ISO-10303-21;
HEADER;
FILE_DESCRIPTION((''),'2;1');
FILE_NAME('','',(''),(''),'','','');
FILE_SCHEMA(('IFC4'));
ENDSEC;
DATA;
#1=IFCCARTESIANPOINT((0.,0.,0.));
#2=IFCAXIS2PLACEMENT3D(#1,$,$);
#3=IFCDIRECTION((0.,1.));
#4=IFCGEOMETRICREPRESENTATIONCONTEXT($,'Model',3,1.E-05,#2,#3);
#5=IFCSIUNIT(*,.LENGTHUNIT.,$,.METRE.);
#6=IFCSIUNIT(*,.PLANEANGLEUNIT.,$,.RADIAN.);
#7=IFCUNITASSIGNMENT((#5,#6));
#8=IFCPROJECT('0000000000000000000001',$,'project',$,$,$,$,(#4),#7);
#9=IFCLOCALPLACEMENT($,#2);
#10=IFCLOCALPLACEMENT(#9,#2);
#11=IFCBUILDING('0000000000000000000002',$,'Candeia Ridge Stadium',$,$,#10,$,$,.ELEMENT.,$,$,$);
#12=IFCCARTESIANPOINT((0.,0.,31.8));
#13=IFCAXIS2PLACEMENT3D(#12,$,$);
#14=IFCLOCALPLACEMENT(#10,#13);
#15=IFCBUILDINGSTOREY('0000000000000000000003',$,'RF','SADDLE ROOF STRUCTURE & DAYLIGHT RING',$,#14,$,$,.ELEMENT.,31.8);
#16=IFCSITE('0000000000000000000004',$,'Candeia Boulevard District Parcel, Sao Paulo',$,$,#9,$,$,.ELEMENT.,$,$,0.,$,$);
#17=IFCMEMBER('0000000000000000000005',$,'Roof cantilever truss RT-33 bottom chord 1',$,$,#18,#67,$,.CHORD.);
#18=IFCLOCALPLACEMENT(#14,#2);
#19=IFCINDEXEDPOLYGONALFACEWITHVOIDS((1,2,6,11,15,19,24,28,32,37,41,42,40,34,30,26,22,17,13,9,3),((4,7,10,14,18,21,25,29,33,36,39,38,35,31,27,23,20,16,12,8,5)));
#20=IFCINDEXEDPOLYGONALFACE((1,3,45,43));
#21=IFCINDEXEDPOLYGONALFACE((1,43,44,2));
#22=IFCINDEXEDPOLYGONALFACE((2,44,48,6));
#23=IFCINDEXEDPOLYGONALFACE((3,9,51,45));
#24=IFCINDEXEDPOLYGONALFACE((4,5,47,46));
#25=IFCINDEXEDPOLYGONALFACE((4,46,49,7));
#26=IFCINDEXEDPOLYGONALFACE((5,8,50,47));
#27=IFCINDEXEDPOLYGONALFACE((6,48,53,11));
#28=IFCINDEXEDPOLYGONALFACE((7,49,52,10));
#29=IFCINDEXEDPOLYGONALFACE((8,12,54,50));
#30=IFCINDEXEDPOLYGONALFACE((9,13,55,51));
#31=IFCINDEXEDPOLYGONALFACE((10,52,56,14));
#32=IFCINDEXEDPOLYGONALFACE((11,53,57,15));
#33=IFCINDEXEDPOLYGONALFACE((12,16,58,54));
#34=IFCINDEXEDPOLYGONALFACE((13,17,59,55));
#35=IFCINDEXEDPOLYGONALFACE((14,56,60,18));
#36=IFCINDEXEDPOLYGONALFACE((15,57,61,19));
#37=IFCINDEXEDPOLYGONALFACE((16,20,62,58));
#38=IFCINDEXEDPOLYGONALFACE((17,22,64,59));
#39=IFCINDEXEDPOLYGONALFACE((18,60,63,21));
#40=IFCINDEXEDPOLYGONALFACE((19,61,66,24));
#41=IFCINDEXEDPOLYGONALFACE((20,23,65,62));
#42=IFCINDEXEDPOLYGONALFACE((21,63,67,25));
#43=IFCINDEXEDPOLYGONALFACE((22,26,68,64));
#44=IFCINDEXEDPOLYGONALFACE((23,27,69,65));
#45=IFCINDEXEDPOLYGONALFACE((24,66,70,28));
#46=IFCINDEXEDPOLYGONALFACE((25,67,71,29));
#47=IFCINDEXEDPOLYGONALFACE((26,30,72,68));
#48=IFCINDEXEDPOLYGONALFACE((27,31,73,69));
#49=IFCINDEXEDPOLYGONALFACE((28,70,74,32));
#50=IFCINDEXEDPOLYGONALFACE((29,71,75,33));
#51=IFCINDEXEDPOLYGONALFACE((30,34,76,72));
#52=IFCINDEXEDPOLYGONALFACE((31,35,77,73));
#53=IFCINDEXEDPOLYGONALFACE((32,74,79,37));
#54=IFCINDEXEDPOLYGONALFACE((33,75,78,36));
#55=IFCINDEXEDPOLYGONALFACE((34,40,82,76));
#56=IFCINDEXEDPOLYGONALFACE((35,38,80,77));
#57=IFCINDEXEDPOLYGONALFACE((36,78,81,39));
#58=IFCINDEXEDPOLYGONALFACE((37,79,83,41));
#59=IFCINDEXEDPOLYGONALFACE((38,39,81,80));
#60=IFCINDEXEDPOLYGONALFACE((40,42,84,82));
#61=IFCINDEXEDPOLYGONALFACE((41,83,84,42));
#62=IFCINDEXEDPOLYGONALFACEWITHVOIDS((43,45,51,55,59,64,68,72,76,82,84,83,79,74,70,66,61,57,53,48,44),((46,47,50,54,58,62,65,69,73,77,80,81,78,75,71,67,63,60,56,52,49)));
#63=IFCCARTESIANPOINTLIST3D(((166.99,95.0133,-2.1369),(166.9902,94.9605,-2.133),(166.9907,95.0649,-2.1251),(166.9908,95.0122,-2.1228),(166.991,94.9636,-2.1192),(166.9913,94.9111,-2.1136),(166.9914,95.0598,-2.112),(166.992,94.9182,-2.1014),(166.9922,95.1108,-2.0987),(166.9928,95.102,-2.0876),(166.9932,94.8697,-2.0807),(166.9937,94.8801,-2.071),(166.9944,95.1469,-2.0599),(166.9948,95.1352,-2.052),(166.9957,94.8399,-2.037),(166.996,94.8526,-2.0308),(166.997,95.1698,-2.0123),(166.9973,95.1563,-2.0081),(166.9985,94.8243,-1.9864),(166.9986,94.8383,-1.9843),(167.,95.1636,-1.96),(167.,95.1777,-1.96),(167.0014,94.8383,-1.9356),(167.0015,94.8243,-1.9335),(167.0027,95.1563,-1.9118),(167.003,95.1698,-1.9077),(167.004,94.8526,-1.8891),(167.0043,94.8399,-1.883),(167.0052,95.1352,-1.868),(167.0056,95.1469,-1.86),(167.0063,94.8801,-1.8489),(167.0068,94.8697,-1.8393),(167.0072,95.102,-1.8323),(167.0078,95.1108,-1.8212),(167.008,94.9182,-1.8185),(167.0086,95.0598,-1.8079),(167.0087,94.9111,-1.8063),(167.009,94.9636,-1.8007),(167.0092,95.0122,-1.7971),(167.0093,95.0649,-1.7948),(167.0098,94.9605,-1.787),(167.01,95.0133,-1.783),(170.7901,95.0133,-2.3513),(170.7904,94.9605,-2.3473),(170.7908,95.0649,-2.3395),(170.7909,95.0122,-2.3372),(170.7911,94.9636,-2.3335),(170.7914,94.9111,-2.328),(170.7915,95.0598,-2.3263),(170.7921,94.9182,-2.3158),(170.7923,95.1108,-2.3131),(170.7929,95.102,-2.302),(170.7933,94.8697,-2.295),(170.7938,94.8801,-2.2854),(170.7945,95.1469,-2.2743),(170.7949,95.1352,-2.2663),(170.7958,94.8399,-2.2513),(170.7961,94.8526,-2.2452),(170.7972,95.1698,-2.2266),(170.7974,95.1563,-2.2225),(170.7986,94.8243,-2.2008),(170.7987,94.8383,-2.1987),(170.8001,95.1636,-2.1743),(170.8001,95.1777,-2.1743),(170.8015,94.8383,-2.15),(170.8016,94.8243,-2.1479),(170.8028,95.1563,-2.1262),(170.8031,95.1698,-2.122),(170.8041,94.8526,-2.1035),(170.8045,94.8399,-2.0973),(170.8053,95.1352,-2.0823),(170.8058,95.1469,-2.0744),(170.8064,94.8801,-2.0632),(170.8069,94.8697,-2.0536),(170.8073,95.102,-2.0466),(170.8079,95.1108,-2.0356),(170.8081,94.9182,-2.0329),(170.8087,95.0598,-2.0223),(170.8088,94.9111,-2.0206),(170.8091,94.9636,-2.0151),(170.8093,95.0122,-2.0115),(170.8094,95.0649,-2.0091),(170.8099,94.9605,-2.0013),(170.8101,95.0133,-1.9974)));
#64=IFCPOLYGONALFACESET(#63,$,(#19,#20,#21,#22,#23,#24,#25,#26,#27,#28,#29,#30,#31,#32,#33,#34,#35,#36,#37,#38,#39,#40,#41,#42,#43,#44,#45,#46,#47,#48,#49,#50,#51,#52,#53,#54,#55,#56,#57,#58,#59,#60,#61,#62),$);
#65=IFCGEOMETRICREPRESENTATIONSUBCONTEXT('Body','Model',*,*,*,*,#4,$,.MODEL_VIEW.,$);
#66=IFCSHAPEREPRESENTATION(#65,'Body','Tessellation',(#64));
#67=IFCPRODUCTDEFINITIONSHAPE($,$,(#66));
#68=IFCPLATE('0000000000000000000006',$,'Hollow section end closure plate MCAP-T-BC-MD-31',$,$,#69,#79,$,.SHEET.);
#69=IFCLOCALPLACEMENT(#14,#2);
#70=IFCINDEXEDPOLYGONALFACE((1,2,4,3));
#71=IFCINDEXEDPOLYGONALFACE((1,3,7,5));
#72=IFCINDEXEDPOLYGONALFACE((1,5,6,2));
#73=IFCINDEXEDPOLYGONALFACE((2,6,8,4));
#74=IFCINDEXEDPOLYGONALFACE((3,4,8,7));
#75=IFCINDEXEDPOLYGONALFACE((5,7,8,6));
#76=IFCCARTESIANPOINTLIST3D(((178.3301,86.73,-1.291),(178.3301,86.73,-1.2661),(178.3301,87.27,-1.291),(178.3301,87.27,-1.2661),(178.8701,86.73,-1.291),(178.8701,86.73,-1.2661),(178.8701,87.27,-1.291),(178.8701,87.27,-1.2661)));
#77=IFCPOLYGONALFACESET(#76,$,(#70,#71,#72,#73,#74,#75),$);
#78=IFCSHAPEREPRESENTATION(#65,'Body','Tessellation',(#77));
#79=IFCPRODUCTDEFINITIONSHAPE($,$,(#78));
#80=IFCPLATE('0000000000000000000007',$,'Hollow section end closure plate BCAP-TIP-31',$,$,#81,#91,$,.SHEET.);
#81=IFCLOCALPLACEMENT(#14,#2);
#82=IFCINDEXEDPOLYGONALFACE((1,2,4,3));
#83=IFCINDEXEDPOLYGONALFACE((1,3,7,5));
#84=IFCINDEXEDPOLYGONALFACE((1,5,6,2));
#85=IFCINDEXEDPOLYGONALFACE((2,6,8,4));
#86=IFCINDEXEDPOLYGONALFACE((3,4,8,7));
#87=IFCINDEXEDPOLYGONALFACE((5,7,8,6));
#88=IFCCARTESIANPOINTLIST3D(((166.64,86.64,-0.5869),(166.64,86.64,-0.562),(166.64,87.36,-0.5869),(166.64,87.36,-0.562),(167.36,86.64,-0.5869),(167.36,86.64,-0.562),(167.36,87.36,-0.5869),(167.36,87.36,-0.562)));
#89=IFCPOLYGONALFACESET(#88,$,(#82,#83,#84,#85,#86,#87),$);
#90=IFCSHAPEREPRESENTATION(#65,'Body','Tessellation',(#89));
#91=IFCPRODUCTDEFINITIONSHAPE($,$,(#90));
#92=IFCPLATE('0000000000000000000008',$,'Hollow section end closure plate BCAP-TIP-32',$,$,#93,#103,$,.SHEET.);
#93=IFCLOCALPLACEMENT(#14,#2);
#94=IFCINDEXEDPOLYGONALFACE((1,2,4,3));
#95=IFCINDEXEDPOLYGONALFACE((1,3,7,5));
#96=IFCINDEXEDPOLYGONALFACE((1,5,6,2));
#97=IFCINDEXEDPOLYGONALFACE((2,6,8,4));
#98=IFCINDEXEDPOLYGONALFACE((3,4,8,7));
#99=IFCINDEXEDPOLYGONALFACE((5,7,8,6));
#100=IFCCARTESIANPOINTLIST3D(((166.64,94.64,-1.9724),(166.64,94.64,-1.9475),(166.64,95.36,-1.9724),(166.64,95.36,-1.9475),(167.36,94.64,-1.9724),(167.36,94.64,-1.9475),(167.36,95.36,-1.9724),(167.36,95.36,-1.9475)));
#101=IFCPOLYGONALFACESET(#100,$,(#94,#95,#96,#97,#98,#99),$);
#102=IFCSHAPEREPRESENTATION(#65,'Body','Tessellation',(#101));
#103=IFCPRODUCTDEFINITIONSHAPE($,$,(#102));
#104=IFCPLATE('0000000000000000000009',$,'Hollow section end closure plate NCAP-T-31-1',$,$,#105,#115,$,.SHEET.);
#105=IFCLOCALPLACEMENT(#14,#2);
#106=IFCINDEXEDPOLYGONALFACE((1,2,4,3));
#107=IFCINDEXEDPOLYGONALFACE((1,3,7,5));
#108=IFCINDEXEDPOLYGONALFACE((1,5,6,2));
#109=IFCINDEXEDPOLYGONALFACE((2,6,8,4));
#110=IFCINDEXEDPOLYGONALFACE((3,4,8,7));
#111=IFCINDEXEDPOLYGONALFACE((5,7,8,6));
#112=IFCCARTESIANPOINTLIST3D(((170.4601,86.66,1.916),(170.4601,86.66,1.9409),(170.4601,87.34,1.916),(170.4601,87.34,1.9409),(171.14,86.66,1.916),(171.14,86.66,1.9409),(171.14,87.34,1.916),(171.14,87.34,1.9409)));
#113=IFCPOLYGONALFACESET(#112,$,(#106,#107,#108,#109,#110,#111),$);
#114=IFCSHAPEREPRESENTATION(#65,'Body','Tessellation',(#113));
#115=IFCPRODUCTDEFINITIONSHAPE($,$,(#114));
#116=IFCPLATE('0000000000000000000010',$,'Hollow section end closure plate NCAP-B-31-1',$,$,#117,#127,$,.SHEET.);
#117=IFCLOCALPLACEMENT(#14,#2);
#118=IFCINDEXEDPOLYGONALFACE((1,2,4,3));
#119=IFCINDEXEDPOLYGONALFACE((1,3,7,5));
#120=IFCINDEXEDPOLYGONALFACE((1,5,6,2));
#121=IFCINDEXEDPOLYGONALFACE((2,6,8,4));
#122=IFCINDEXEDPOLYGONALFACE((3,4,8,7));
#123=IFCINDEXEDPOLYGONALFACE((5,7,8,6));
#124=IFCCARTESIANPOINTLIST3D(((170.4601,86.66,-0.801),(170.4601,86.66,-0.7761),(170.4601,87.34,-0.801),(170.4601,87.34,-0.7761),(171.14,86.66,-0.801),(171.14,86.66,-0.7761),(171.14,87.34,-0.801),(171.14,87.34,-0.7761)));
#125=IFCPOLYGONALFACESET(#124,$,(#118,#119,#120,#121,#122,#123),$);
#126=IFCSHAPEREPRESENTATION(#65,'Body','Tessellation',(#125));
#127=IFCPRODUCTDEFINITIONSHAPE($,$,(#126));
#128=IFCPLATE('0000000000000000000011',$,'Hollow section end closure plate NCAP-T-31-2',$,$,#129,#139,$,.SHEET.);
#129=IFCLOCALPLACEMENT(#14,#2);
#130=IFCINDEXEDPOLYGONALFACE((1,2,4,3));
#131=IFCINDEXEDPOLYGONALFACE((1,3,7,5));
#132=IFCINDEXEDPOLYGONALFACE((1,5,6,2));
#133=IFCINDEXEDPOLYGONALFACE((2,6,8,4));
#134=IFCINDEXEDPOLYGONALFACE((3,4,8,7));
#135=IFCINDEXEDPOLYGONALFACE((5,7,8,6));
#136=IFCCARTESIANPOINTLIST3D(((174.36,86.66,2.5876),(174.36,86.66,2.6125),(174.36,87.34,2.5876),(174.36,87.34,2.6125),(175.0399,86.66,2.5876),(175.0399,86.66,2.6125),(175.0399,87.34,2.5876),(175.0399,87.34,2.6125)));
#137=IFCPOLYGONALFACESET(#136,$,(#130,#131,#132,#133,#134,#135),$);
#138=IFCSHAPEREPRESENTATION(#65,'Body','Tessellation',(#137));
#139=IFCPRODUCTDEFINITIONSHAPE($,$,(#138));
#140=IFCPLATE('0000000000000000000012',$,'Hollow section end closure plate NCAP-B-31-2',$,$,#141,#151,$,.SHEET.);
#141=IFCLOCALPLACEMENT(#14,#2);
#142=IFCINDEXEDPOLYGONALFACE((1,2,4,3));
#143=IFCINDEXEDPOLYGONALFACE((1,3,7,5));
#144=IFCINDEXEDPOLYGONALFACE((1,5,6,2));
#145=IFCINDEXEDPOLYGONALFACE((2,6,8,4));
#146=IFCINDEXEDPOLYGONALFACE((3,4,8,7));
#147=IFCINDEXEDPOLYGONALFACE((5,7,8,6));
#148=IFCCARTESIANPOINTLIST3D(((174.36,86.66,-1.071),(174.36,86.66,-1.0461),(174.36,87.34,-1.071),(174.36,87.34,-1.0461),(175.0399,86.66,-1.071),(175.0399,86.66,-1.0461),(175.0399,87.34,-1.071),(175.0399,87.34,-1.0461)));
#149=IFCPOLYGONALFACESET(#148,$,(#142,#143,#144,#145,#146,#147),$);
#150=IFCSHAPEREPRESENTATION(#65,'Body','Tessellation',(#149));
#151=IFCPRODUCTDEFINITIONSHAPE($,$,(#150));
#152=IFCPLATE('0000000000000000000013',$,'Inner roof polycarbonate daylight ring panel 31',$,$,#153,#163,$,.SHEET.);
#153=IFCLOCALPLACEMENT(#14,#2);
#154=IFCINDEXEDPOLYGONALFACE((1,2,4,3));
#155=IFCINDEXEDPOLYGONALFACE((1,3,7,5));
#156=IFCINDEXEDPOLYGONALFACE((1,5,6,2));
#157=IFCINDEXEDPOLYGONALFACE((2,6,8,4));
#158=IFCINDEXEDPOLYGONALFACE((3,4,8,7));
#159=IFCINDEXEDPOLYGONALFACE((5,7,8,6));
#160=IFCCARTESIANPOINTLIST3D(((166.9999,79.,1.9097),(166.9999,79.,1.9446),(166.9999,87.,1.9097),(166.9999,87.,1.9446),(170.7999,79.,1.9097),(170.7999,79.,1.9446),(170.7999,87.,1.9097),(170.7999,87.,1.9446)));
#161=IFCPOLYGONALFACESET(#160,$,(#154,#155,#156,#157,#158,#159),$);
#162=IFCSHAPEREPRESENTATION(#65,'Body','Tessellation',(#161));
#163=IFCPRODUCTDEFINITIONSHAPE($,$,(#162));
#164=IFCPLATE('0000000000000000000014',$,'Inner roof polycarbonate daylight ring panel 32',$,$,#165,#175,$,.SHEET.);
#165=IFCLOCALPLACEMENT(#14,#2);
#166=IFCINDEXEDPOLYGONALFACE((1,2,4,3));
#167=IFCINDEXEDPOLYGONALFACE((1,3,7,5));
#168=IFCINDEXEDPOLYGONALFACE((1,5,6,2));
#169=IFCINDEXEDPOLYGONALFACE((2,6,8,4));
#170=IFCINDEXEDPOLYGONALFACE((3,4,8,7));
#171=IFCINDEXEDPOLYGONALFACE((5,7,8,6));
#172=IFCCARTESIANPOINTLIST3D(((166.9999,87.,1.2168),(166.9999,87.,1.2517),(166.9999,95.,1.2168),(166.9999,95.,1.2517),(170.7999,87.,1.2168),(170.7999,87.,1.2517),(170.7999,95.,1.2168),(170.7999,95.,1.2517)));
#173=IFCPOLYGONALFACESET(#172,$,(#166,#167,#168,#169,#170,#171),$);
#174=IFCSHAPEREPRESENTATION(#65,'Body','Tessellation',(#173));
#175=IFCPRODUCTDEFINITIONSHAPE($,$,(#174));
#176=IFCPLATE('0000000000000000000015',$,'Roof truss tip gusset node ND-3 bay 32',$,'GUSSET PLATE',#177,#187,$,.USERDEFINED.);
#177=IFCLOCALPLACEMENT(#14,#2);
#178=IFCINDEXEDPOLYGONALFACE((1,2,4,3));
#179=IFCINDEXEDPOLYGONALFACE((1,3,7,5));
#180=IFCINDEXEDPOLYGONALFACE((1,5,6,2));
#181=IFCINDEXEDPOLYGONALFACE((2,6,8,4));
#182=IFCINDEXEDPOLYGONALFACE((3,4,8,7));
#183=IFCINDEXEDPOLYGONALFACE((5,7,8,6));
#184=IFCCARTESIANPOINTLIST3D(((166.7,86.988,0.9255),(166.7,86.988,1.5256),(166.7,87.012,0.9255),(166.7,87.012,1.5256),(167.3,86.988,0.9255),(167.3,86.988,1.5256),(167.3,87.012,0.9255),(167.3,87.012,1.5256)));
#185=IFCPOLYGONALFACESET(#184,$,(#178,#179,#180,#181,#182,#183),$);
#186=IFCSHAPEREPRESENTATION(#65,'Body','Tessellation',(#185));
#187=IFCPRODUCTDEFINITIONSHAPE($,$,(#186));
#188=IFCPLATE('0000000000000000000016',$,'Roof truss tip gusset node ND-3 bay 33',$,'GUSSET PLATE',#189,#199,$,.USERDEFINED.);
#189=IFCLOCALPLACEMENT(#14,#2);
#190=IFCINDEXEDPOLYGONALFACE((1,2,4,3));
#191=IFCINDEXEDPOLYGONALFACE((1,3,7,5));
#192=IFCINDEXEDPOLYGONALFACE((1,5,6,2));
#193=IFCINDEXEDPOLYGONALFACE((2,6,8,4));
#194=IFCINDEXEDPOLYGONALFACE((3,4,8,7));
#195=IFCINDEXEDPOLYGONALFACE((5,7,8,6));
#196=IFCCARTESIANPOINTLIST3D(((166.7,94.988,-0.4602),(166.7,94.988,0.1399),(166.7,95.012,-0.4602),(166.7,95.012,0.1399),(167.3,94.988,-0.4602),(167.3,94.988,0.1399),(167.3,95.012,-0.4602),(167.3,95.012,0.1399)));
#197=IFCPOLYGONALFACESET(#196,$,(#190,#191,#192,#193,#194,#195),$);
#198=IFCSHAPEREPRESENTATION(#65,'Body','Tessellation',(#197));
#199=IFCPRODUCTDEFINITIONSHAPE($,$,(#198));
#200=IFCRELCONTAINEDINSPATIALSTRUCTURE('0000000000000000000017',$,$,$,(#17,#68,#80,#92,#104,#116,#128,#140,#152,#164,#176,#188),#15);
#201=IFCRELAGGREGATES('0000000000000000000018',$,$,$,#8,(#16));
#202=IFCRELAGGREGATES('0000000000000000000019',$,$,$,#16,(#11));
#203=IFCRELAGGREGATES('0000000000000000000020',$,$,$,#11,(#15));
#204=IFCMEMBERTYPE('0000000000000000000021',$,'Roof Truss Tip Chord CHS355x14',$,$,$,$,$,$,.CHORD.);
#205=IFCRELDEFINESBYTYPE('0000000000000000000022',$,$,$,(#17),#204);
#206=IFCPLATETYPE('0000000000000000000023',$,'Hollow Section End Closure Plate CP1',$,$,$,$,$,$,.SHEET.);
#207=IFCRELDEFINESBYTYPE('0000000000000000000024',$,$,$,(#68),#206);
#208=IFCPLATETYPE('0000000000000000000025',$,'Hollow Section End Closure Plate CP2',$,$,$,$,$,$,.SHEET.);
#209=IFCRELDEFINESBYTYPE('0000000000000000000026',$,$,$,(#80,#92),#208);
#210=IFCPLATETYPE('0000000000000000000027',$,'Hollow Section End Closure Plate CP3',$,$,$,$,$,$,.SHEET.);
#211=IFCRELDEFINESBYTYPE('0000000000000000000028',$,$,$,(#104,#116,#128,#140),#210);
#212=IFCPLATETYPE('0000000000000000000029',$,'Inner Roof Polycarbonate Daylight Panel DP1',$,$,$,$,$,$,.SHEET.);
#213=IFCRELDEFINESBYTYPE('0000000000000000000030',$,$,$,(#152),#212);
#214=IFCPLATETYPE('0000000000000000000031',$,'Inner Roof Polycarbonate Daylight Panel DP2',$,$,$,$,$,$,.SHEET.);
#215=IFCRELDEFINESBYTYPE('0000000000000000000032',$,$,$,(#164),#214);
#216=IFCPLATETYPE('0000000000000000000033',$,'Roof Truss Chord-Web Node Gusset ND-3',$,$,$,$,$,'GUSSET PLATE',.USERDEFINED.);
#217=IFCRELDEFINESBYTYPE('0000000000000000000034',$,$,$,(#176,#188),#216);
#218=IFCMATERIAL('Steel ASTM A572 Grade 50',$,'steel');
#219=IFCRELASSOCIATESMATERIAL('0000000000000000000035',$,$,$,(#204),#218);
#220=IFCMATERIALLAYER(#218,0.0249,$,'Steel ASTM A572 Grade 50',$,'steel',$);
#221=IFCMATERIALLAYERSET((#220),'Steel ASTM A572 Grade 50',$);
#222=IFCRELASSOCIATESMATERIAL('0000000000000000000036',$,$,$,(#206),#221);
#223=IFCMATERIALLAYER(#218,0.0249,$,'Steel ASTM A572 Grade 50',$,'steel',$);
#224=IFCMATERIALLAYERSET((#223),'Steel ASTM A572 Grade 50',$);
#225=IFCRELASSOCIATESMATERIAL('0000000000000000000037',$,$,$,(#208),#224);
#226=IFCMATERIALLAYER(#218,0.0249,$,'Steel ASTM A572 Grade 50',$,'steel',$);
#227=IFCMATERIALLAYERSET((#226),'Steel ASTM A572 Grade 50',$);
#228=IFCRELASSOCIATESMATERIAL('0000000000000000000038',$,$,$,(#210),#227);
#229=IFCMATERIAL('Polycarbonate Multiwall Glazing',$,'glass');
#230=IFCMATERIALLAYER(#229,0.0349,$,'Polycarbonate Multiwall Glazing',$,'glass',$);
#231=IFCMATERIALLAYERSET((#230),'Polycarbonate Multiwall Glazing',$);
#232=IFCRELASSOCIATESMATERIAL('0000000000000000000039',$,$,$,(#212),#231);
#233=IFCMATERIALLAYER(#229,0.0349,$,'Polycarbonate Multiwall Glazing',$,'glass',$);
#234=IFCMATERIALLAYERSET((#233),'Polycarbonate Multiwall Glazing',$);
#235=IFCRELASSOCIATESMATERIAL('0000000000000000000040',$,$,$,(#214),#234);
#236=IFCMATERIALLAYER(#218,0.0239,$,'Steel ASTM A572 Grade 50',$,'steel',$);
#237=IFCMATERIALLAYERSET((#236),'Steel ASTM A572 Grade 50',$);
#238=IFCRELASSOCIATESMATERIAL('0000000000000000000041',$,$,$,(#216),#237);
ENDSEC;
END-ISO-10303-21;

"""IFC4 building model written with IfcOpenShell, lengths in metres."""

from ifc_helpers import new_model, si_unit, direction, frame, origin, origin_2d, place, context, subcontext, project, spatial, rectangle, hollow_circle, extrude, material, layer, layer_set, material_profile, profile_set, type_object, element, save


model = new_model("IFC4")

# Units and contexts
model_context = context("Model", 3, precision=1e-05, world=origin(), true_north=direction((0.0, 1.0)))
body_context = subcontext(model_context, "Body", "Model", "MODEL_VIEW")
ifc_project = project(units=[si_unit("LENGTHUNIT", "METRE"), si_unit("PLANEANGLEUNIT", "RADIAN")], contexts=[model_context])

# Site, building, storey
site_placement = place(None, origin())
site = spatial("IfcSite", under=ifc_project, at=site_placement, Name="Candeia Boulevard District Parcel, Sao Paulo", CompositionType="ELEMENT", RefElevation=0.0)
building_placement = place(site_placement, origin())
building = spatial("IfcBuilding", under=site, at=building_placement, Name="Candeia Ridge Stadium", CompositionType="ELEMENT")
storey_placement = place(building_placement, frame((0.0, 0.0, 31.8)))
storey = spatial("IfcBuildingStorey", under=building, at=storey_placement, Name="RF", Description="SADDLE ROOF STRUCTURE & DAYLIGHT RING", CompositionType="ELEMENT", Elevation=31.8)

# Shared definitions
ifc_material_1 = material(Name="Steel ASTM A572 Grade 50", Category="steel")

# Member
ifc_material_profile_1 = material_profile(ifc_material_1, hollow_circle(Radius=0.1777, WallThickness=0.0142, at=origin_2d()), Name="CHS355x14", Category="steel")
ifc_profile_set_1 = profile_set([ifc_material_profile_1], Name="Steel ASTM A572 Grade 50")
member_type_1 = type_object("IfcMemberType", Name="Roof Truss Tip Chord CHS355x14", PredefinedType="CHORD", material=ifc_profile_set_1)
member_1_placement = place(storey_placement, frame((167.0, 95.0, -1.96), z_axis=(0.998413, 0.0, -0.056319), x_axis=(0.0, 1.0, 0.0)))
element("IfcMember", 1, at=member_1_placement, inside=storey, type_object=member_type_1, Name="Roof cantilever truss RT-33 bottom chord 1", PredefinedType="CHORD", context=body_context, shape_type="SweptSolid", body=[
    extrude(hollow_circle(Radius=0.1777, WallThickness=0.0142, at=origin_2d()), origin(), (0.0, 0.0, 1.0), 3.8062),
])

# Plates
ifc_layer_1 = layer(ifc_material_1, 0.0249, Name="Steel ASTM A572 Grade 50", Category="steel")
ifc_layer_set_1 = layer_set([ifc_layer_1], Name="Steel ASTM A572 Grade 50")
plate_type_1 = type_object("IfcPlateType", Name="Hollow Section End Closure Plate CP1", PredefinedType="SHEET", material=ifc_layer_set_1)
plate_1_placement = place(storey_placement, frame((178.6001, 87.0, -1.291), z_axis=(0.0, 0.0, 1.0), x_axis=(1.0, 0.0, 0.0)))
element("IfcPlate", 2, at=plate_1_placement, inside=storey, type_object=plate_type_1, Name="Hollow section end closure plate MCAP-T-BC-MD-31", PredefinedType="SHEET", context=body_context, shape_type="SweptSolid", body=[
    extrude(rectangle(XDim=0.54, YDim=0.54, at=origin_2d()), origin(), (0.0, 0.0, 1.0), 0.0249),
])
ifc_layer_2 = layer(ifc_material_1, 0.0249, Name="Steel ASTM A572 Grade 50", Category="steel")
ifc_layer_set_2 = layer_set([ifc_layer_2], Name="Steel ASTM A572 Grade 50")
plate_type_2 = type_object("IfcPlateType", Name="Hollow Section End Closure Plate CP2", PredefinedType="SHEET", material=ifc_layer_set_2)
for number, where, z_axis, x_axis, name in (
    (3, (167.0, 87.0, -0.5869), (0.0, 0.0, 1.0), (1.0, 0.0, 0.0), "Hollow section end closure plate BCAP-TIP-31"),
    (4, (167.0, 95.0, -1.9724), (0.0, 0.0, 1.0), (1.0, 0.0, 0.0), "Hollow section end closure plate BCAP-TIP-32"),
):
    element("IfcPlate", number, at=place(storey_placement, frame(where, z_axis=z_axis, x_axis=x_axis)), inside=storey, type_object=plate_type_2, Name=name, PredefinedType="SHEET", context=body_context, shape_type="SweptSolid", body=[
        extrude(rectangle(XDim=0.72, YDim=0.72, at=origin_2d()), origin(), (0.0, 0.0, 1.0), 0.0249),
    ])
ifc_layer_3 = layer(ifc_material_1, 0.0249, Name="Steel ASTM A572 Grade 50", Category="steel")
ifc_layer_set_3 = layer_set([ifc_layer_3], Name="Steel ASTM A572 Grade 50")
plate_type_3 = type_object("IfcPlateType", Name="Hollow Section End Closure Plate CP3", PredefinedType="SHEET", material=ifc_layer_set_3)
for number, where, z_axis, x_axis, name in (
    (5, (170.8, 87.0, 1.916), (0.0, 0.0, 1.0), (1.0, 0.0, 0.0), "Hollow section end closure plate NCAP-T-31-1"),
    (6, (170.8, 87.0, -0.801), (0.0, 0.0, 1.0), (1.0, 0.0, 0.0), "Hollow section end closure plate NCAP-B-31-1"),
    (7, (174.7, 87.0, 2.5876), (0.0, 0.0, 1.0), (1.0, 0.0, 0.0), "Hollow section end closure plate NCAP-T-31-2"),
    (8, (174.7, 87.0, -1.071), (0.0, 0.0, 1.0), (1.0, 0.0, 0.0), "Hollow section end closure plate NCAP-B-31-2"),
):
    element("IfcPlate", number, at=place(storey_placement, frame(where, z_axis=z_axis, x_axis=x_axis)), inside=storey, type_object=plate_type_3, Name=name, PredefinedType="SHEET", context=body_context, shape_type="SweptSolid", body=[
        extrude(rectangle(XDim=0.6799, YDim=0.6799, at=origin_2d()), origin(), (0.0, 0.0, 1.0), 0.0249),
    ])
ifc_material_2 = material(Name="Polycarbonate Multiwall Glazing", Category="glass")
ifc_layer_4 = layer(ifc_material_2, 0.0349, Name="Polycarbonate Multiwall Glazing", Category="glass")
ifc_layer_set_4 = layer_set([ifc_layer_4], Name="Polycarbonate Multiwall Glazing")
plate_type_4 = type_object("IfcPlateType", Name="Inner Roof Polycarbonate Daylight Panel DP1", PredefinedType="SHEET", material=ifc_layer_set_4)
plate_2_placement = place(storey_placement, frame((168.8999, 83.0, 1.9097), z_axis=(0.0, 0.0, 1.0), x_axis=(0.0, 1.0, 0.0)))
element("IfcPlate", 9, at=plate_2_placement, inside=storey, type_object=plate_type_4, Name="Inner roof polycarbonate daylight ring panel 31", PredefinedType="SHEET", context=body_context, shape_type="SweptSolid", body=[
    extrude(rectangle(XDim=8.0, YDim=3.8, at=origin_2d()), origin(), (0.0, 0.0, 1.0), 0.0349),
])
ifc_layer_5 = layer(ifc_material_2, 0.0349, Name="Polycarbonate Multiwall Glazing", Category="glass")
ifc_layer_set_5 = layer_set([ifc_layer_5], Name="Polycarbonate Multiwall Glazing")
plate_type_5 = type_object("IfcPlateType", Name="Inner Roof Polycarbonate Daylight Panel DP2", PredefinedType="SHEET", material=ifc_layer_set_5)
plate_3_placement = place(storey_placement, frame((168.8999, 91.0, 1.2168), z_axis=(0.0, 0.0, 1.0), x_axis=(0.0, 1.0, 0.0)))
element("IfcPlate", 10, at=plate_3_placement, inside=storey, type_object=plate_type_5, Name="Inner roof polycarbonate daylight ring panel 32", PredefinedType="SHEET", context=body_context, shape_type="SweptSolid", body=[
    extrude(rectangle(XDim=8.0, YDim=3.8, at=origin_2d()), origin(), (0.0, 0.0, 1.0), 0.0349),
])
ifc_layer_6 = layer(ifc_material_1, 0.0239, Name="Steel ASTM A572 Grade 50", Category="steel")
ifc_layer_set_6 = layer_set([ifc_layer_6], Name="Steel ASTM A572 Grade 50")
plate_type_6 = type_object("IfcPlateType", Name="Roof Truss Chord-Web Node Gusset ND-3", ElementType="GUSSET PLATE", PredefinedType="USERDEFINED", material=ifc_layer_set_6)
for number, where, z_axis, x_axis, name in (
    (11, (167.0, 87.0, 0.9255), (0.0, 0.0, 1.0), (1.0, 0.0, 0.0), "Roof truss tip gusset node ND-3 bay 32"),
    (12, (167.0, 95.0, -0.4602), (0.0, 0.0, 1.0), (1.0, 0.0, 0.0), "Roof truss tip gusset node ND-3 bay 33"),
):
    element("IfcPlate", number, at=place(storey_placement, frame(where, z_axis=z_axis, x_axis=x_axis)), inside=storey, type_object=plate_type_6, Name=name, ObjectType="GUSSET PLATE", PredefinedType="USERDEFINED", context=body_context, shape_type="SweptSolid", body=[
        extrude(rectangle(XDim=0.6001, YDim=0.0239, at=origin_2d()), origin(), (0.0, 0.0, 1.0), 0.6001),
    ])

save(model, "model.ifc")
